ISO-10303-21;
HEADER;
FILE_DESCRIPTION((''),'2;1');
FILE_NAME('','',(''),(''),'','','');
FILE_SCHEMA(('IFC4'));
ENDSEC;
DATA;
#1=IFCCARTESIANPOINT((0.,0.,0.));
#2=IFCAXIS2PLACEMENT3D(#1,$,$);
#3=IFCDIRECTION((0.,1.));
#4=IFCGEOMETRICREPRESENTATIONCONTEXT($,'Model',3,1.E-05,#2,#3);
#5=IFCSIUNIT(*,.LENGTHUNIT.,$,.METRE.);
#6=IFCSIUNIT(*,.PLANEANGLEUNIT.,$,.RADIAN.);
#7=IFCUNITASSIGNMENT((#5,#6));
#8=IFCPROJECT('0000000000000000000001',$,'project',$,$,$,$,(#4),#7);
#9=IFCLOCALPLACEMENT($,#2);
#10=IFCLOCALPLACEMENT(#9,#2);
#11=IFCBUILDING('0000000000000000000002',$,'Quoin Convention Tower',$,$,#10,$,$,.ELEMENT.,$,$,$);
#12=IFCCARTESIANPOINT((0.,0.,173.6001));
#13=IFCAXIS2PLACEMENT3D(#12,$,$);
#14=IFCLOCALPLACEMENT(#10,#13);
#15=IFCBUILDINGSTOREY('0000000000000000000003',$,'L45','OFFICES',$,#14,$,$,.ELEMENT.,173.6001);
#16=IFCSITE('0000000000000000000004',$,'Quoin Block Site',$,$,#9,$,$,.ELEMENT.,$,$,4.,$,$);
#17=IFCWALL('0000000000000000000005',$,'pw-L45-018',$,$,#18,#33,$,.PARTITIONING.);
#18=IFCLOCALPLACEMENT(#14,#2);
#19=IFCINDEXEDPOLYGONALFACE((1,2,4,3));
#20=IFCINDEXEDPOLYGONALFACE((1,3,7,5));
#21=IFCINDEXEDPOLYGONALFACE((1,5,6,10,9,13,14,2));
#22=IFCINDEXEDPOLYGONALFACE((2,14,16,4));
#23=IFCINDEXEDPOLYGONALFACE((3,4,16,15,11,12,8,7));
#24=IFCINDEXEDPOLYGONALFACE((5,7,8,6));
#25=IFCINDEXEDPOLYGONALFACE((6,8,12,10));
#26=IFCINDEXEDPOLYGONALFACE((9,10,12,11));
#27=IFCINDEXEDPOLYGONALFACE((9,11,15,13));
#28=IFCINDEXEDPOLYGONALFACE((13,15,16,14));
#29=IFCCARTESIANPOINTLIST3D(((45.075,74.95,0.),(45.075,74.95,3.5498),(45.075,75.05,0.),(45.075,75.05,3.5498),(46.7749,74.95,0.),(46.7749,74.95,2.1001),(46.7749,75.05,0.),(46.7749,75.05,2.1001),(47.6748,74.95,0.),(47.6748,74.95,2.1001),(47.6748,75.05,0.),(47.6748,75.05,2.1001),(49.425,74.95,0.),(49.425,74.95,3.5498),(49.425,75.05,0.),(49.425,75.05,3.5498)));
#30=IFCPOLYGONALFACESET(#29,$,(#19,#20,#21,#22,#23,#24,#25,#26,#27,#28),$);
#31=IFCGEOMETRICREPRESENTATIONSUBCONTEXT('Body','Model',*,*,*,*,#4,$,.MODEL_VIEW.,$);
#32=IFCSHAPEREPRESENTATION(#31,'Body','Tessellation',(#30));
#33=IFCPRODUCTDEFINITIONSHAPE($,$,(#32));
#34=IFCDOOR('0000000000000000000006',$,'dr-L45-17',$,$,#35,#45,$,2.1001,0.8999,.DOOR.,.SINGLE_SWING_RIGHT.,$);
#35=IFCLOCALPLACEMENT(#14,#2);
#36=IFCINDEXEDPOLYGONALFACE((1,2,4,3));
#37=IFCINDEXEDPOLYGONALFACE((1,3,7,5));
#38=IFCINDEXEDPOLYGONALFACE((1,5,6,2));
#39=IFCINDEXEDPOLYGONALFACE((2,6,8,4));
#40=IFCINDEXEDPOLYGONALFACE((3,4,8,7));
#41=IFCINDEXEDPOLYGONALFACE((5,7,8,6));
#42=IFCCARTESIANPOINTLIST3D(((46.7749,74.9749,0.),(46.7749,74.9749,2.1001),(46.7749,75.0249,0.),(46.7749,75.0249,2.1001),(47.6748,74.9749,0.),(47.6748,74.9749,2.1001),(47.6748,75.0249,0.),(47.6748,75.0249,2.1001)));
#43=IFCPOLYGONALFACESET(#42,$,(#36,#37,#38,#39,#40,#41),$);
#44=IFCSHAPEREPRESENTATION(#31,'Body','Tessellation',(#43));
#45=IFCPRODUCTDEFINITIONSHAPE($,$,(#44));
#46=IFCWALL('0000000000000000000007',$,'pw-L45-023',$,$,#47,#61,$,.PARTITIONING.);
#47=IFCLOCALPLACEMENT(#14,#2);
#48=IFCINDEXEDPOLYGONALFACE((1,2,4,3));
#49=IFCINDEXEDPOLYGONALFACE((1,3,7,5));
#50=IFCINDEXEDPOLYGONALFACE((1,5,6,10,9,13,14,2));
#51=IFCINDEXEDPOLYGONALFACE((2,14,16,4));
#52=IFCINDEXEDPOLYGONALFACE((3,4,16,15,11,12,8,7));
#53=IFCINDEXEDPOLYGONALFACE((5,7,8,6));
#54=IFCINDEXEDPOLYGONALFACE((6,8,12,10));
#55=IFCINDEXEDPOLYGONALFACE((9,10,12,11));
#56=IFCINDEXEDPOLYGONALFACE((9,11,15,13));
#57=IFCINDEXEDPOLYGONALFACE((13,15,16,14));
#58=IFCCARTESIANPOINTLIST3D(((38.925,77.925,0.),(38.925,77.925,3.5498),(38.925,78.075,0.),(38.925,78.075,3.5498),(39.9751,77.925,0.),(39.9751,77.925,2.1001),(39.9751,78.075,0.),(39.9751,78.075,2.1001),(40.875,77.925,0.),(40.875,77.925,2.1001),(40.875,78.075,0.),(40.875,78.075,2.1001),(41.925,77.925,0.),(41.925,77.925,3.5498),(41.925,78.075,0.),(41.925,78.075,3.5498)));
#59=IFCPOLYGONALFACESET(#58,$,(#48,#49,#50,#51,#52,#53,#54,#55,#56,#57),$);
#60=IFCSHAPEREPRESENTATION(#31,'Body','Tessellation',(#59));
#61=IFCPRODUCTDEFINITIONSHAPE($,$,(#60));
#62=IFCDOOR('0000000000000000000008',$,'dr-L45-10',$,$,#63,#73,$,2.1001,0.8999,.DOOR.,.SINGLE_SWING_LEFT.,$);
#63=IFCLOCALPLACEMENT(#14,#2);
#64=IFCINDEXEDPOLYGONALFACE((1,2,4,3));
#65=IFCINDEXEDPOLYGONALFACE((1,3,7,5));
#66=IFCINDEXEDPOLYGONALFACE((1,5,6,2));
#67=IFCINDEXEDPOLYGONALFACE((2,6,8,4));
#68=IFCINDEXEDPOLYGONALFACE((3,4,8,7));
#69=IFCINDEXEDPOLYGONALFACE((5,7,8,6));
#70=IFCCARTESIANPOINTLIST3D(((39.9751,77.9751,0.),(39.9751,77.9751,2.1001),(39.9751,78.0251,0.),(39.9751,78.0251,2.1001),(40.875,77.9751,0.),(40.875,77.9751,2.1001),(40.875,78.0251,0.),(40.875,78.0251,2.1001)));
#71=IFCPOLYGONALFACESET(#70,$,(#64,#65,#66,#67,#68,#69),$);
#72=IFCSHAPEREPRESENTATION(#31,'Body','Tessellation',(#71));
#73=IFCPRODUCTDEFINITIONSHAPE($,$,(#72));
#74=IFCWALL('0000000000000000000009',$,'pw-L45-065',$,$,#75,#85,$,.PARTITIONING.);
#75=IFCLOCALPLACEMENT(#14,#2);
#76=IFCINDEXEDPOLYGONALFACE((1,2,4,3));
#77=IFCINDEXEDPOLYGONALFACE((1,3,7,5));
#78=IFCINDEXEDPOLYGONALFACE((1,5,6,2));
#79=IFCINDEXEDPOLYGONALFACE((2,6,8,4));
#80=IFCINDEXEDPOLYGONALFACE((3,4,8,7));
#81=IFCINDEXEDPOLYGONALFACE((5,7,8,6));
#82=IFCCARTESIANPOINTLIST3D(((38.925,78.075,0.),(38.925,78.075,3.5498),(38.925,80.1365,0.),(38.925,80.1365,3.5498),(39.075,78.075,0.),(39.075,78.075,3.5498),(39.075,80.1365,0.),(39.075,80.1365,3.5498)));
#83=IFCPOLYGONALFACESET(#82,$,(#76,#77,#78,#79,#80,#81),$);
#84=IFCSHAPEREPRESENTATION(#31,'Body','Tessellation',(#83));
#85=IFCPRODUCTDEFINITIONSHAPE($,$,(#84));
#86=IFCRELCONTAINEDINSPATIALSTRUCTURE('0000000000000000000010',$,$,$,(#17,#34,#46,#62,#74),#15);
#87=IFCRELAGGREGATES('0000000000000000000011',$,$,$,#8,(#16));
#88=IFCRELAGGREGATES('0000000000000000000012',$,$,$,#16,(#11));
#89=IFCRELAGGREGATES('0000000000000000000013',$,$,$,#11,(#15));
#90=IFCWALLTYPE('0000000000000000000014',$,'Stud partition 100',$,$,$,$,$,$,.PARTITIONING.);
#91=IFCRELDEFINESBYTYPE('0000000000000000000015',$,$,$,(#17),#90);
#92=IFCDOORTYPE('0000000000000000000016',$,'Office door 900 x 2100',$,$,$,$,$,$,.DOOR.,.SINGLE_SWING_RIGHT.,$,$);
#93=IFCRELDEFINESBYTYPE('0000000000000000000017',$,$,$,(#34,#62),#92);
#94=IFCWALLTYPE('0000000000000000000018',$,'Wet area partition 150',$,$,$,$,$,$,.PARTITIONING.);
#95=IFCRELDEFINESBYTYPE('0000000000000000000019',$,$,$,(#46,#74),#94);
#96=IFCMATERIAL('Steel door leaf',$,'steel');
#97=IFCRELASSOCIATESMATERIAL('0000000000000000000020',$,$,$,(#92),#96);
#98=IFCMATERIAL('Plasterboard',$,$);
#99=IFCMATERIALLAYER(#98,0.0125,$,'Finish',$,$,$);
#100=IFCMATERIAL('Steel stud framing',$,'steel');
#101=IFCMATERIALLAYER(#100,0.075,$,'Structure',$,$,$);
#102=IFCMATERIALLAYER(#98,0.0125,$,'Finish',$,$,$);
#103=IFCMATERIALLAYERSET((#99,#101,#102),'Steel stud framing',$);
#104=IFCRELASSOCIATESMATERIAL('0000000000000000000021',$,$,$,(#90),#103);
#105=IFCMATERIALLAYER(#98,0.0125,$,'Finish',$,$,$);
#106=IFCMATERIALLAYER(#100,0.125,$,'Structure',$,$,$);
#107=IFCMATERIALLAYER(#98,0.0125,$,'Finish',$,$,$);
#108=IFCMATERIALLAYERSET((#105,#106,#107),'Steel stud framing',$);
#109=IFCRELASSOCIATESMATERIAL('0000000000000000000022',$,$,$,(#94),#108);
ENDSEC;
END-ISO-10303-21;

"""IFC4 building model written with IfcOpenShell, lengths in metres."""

from ifc_helpers import new_model, si_unit, direction, frame, frame_2d, origin, place, context, subcontext, project, spatial, rectangle, extrude, material, layer, layer_set, type_object, element, fill, save


model = new_model("IFC4")

# Units and contexts
model_context = context("Model", 3, precision=1e-05, world=origin(), true_north=direction((0.0, 1.0)))
body_context = subcontext(model_context, "Body", "Model", "MODEL_VIEW")
ifc_project = project(units=[si_unit("LENGTHUNIT", "METRE"), si_unit("PLANEANGLEUNIT", "RADIAN")], contexts=[model_context])

# Site, building, storey
site_placement = place(None, origin())
site = spatial("IfcSite", under=ifc_project, at=site_placement, Name="Quoin Block Site", CompositionType="ELEMENT", RefElevation=4.0)
building_placement = place(site_placement, origin())
building = spatial("IfcBuilding", under=site, at=building_placement, Name="Quoin Convention Tower", CompositionType="ELEMENT")
storey_placement = place(building_placement, frame((0.0, 0.0, 173.6001)))
storey = spatial("IfcBuildingStorey", under=building, at=storey_placement, Name="L45", Description="OFFICES", CompositionType="ELEMENT", Elevation=173.6001)

# Shared definitions
ifc_material_1 = material(Name="Plasterboard")
ifc_material_2 = material(Name="Steel stud framing", Category="steel")
ifc_material_3 = material(Name="Steel door leaf", Category="steel")
door_type_1 = type_object("IfcDoorType", Name="Office door 900 x 2100", OperationType="SINGLE_SWING_RIGHT", PredefinedType="DOOR", material=ifc_material_3)

# Walls, openings, doors
ifc_layer_1 = layer(ifc_material_1, 0.0125, Name="Finish")
ifc_layer_2 = layer(ifc_material_2, 0.075, Name="Structure")
ifc_layer_3 = layer(ifc_material_1, 0.0125, Name="Finish")
ifc_layer_set_1 = layer_set([ifc_layer_1, ifc_layer_2, ifc_layer_3], Name="Steel stud framing")
wall_type_1 = type_object("IfcWallType", Name="Stud partition 100", PredefinedType="PARTITIONING", material=ifc_layer_set_1)
wall_1_placement = place(storey_placement, frame((45.075, 75.0, 0.0), z_axis=(0.0, 0.0, 1.0), x_axis=(1.0, 0.0, 0.0)))
wall_1 = element("IfcWall", 1, at=wall_1_placement, inside=storey, type_object=wall_type_1, Name="pw-L45-018", PredefinedType="PARTITIONING", context=body_context, shape_type="SweptSolid", body=[
    extrude(rectangle(XDim=4.3501, YDim=0.1001, at=frame_2d((2.175, 0.0))), origin(), (0.0, 0.0, 1.0), 3.5498),
])
opening_1_placement = place(wall_1_placement, frame((1.7, 0.0, 0.0)))
opening_1 = element("IfcOpeningElement", 2, at=opening_1_placement, cuts=wall_1, PredefinedType="OPENING", context=body_context, shape_type="SweptSolid", body=[
    extrude(rectangle(XDim=0.8999, YDim=2.1001, at=frame_2d((0.45, 1.05))), frame((0.0, 0.0601, 0.0), z_axis=(0.0, -1.0, 0.0), x_axis=(1.0, 0.0, 0.0)), (0.0, 0.0, 1.0), 0.1201),
])
door_1_placement = place(opening_1_placement, origin())
door_1 = element("IfcDoor", 3, at=door_1_placement, inside=storey, type_object=door_type_1, Name="dr-L45-17", OperationType="SINGLE_SWING_RIGHT", OverallHeight=2.1001, OverallWidth=0.8999, PredefinedType="DOOR", context=body_context, shape_type="SweptSolid", body=[
    extrude(rectangle(XDim=0.8999, YDim=2.1001, at=frame_2d((0.45, 1.05))), frame((0.0, 0.0249, 0.0), z_axis=(0.0, -1.0, 0.0), x_axis=(1.0, 0.0, 0.0)), (0.0, 0.0, 1.0), 0.05),
])
fill(opening_1, door_1)
ifc_layer_4 = layer(ifc_material_1, 0.0125, Name="Finish")
ifc_layer_5 = layer(ifc_material_2, 0.125, Name="Structure")
ifc_layer_6 = layer(ifc_material_1, 0.0125, Name="Finish")
ifc_layer_set_2 = layer_set([ifc_layer_4, ifc_layer_5, ifc_layer_6], Name="Steel stud framing")
wall_type_2 = type_object("IfcWallType", Name="Wet area partition 150", PredefinedType="PARTITIONING", material=ifc_layer_set_2)
wall_2_placement = place(storey_placement, frame((38.925, 78.0, 0.0), z_axis=(0.0, 0.0, 1.0), x_axis=(1.0, 0.0, 0.0)))
wall_2 = element("IfcWall", 4, at=wall_2_placement, inside=storey, type_object=wall_type_2, Name="pw-L45-023", PredefinedType="PARTITIONING", context=body_context, shape_type="SweptSolid", body=[
    extrude(rectangle(XDim=3.0, YDim=0.1499, at=frame_2d((1.5, 0.0))), origin(), (0.0, 0.0, 1.0), 3.5498),
])
opening_2_placement = place(wall_2_placement, frame((1.05, 0.0, 0.0)))
opening_2 = element("IfcOpeningElement", 5, at=opening_2_placement, cuts=wall_2, PredefinedType="OPENING", context=body_context, shape_type="SweptSolid", body=[
    extrude(rectangle(XDim=0.8999, YDim=2.1001, at=frame_2d((0.45, 1.05))), frame((0.0, 0.085, 0.0), z_axis=(0.0, -1.0, 0.0), x_axis=(1.0, 0.0, 0.0)), (0.0, 0.0, 1.0), 0.1699),
])
door_2_placement = place(opening_2_placement, frame((0.8999, 0.0, 0.0), z_axis=(0.0, 0.0, 1.0), x_axis=(-1.0, 0.0, 0.0)))
door_2 = element("IfcDoor", 6, at=door_2_placement, inside=storey, type_object=door_type_1, Name="dr-L45-10", OperationType="SINGLE_SWING_LEFT", OverallHeight=2.1001, OverallWidth=0.8999, PredefinedType="DOOR", context=body_context, shape_type="SweptSolid", body=[
    extrude(rectangle(XDim=0.8999, YDim=2.1001, at=frame_2d((0.45, 1.05))), frame((0.0, 0.0249, 0.0), z_axis=(0.0, -1.0, 0.0), x_axis=(1.0, 0.0, 0.0)), (0.0, 0.0, 1.0), 0.05),
])
fill(opening_2, door_2)

# Wall
wall_3_placement = place(storey_placement, frame((39.0, 78.075, 0.0), z_axis=(0.0, 0.0, 1.0), x_axis=(0.0, 1.0, 0.0)))
element("IfcWall", 7, at=wall_3_placement, inside=storey, type_object=wall_type_2, Name="pw-L45-065", PredefinedType="PARTITIONING", context=body_context, shape_type="SweptSolid", body=[
    extrude(rectangle(XDim=2.0615, YDim=0.1499, at=frame_2d((1.0308, 0.0))), origin(), (0.0, 0.0, 1.0), 3.5498),
])

save(model, "model.ifc")
